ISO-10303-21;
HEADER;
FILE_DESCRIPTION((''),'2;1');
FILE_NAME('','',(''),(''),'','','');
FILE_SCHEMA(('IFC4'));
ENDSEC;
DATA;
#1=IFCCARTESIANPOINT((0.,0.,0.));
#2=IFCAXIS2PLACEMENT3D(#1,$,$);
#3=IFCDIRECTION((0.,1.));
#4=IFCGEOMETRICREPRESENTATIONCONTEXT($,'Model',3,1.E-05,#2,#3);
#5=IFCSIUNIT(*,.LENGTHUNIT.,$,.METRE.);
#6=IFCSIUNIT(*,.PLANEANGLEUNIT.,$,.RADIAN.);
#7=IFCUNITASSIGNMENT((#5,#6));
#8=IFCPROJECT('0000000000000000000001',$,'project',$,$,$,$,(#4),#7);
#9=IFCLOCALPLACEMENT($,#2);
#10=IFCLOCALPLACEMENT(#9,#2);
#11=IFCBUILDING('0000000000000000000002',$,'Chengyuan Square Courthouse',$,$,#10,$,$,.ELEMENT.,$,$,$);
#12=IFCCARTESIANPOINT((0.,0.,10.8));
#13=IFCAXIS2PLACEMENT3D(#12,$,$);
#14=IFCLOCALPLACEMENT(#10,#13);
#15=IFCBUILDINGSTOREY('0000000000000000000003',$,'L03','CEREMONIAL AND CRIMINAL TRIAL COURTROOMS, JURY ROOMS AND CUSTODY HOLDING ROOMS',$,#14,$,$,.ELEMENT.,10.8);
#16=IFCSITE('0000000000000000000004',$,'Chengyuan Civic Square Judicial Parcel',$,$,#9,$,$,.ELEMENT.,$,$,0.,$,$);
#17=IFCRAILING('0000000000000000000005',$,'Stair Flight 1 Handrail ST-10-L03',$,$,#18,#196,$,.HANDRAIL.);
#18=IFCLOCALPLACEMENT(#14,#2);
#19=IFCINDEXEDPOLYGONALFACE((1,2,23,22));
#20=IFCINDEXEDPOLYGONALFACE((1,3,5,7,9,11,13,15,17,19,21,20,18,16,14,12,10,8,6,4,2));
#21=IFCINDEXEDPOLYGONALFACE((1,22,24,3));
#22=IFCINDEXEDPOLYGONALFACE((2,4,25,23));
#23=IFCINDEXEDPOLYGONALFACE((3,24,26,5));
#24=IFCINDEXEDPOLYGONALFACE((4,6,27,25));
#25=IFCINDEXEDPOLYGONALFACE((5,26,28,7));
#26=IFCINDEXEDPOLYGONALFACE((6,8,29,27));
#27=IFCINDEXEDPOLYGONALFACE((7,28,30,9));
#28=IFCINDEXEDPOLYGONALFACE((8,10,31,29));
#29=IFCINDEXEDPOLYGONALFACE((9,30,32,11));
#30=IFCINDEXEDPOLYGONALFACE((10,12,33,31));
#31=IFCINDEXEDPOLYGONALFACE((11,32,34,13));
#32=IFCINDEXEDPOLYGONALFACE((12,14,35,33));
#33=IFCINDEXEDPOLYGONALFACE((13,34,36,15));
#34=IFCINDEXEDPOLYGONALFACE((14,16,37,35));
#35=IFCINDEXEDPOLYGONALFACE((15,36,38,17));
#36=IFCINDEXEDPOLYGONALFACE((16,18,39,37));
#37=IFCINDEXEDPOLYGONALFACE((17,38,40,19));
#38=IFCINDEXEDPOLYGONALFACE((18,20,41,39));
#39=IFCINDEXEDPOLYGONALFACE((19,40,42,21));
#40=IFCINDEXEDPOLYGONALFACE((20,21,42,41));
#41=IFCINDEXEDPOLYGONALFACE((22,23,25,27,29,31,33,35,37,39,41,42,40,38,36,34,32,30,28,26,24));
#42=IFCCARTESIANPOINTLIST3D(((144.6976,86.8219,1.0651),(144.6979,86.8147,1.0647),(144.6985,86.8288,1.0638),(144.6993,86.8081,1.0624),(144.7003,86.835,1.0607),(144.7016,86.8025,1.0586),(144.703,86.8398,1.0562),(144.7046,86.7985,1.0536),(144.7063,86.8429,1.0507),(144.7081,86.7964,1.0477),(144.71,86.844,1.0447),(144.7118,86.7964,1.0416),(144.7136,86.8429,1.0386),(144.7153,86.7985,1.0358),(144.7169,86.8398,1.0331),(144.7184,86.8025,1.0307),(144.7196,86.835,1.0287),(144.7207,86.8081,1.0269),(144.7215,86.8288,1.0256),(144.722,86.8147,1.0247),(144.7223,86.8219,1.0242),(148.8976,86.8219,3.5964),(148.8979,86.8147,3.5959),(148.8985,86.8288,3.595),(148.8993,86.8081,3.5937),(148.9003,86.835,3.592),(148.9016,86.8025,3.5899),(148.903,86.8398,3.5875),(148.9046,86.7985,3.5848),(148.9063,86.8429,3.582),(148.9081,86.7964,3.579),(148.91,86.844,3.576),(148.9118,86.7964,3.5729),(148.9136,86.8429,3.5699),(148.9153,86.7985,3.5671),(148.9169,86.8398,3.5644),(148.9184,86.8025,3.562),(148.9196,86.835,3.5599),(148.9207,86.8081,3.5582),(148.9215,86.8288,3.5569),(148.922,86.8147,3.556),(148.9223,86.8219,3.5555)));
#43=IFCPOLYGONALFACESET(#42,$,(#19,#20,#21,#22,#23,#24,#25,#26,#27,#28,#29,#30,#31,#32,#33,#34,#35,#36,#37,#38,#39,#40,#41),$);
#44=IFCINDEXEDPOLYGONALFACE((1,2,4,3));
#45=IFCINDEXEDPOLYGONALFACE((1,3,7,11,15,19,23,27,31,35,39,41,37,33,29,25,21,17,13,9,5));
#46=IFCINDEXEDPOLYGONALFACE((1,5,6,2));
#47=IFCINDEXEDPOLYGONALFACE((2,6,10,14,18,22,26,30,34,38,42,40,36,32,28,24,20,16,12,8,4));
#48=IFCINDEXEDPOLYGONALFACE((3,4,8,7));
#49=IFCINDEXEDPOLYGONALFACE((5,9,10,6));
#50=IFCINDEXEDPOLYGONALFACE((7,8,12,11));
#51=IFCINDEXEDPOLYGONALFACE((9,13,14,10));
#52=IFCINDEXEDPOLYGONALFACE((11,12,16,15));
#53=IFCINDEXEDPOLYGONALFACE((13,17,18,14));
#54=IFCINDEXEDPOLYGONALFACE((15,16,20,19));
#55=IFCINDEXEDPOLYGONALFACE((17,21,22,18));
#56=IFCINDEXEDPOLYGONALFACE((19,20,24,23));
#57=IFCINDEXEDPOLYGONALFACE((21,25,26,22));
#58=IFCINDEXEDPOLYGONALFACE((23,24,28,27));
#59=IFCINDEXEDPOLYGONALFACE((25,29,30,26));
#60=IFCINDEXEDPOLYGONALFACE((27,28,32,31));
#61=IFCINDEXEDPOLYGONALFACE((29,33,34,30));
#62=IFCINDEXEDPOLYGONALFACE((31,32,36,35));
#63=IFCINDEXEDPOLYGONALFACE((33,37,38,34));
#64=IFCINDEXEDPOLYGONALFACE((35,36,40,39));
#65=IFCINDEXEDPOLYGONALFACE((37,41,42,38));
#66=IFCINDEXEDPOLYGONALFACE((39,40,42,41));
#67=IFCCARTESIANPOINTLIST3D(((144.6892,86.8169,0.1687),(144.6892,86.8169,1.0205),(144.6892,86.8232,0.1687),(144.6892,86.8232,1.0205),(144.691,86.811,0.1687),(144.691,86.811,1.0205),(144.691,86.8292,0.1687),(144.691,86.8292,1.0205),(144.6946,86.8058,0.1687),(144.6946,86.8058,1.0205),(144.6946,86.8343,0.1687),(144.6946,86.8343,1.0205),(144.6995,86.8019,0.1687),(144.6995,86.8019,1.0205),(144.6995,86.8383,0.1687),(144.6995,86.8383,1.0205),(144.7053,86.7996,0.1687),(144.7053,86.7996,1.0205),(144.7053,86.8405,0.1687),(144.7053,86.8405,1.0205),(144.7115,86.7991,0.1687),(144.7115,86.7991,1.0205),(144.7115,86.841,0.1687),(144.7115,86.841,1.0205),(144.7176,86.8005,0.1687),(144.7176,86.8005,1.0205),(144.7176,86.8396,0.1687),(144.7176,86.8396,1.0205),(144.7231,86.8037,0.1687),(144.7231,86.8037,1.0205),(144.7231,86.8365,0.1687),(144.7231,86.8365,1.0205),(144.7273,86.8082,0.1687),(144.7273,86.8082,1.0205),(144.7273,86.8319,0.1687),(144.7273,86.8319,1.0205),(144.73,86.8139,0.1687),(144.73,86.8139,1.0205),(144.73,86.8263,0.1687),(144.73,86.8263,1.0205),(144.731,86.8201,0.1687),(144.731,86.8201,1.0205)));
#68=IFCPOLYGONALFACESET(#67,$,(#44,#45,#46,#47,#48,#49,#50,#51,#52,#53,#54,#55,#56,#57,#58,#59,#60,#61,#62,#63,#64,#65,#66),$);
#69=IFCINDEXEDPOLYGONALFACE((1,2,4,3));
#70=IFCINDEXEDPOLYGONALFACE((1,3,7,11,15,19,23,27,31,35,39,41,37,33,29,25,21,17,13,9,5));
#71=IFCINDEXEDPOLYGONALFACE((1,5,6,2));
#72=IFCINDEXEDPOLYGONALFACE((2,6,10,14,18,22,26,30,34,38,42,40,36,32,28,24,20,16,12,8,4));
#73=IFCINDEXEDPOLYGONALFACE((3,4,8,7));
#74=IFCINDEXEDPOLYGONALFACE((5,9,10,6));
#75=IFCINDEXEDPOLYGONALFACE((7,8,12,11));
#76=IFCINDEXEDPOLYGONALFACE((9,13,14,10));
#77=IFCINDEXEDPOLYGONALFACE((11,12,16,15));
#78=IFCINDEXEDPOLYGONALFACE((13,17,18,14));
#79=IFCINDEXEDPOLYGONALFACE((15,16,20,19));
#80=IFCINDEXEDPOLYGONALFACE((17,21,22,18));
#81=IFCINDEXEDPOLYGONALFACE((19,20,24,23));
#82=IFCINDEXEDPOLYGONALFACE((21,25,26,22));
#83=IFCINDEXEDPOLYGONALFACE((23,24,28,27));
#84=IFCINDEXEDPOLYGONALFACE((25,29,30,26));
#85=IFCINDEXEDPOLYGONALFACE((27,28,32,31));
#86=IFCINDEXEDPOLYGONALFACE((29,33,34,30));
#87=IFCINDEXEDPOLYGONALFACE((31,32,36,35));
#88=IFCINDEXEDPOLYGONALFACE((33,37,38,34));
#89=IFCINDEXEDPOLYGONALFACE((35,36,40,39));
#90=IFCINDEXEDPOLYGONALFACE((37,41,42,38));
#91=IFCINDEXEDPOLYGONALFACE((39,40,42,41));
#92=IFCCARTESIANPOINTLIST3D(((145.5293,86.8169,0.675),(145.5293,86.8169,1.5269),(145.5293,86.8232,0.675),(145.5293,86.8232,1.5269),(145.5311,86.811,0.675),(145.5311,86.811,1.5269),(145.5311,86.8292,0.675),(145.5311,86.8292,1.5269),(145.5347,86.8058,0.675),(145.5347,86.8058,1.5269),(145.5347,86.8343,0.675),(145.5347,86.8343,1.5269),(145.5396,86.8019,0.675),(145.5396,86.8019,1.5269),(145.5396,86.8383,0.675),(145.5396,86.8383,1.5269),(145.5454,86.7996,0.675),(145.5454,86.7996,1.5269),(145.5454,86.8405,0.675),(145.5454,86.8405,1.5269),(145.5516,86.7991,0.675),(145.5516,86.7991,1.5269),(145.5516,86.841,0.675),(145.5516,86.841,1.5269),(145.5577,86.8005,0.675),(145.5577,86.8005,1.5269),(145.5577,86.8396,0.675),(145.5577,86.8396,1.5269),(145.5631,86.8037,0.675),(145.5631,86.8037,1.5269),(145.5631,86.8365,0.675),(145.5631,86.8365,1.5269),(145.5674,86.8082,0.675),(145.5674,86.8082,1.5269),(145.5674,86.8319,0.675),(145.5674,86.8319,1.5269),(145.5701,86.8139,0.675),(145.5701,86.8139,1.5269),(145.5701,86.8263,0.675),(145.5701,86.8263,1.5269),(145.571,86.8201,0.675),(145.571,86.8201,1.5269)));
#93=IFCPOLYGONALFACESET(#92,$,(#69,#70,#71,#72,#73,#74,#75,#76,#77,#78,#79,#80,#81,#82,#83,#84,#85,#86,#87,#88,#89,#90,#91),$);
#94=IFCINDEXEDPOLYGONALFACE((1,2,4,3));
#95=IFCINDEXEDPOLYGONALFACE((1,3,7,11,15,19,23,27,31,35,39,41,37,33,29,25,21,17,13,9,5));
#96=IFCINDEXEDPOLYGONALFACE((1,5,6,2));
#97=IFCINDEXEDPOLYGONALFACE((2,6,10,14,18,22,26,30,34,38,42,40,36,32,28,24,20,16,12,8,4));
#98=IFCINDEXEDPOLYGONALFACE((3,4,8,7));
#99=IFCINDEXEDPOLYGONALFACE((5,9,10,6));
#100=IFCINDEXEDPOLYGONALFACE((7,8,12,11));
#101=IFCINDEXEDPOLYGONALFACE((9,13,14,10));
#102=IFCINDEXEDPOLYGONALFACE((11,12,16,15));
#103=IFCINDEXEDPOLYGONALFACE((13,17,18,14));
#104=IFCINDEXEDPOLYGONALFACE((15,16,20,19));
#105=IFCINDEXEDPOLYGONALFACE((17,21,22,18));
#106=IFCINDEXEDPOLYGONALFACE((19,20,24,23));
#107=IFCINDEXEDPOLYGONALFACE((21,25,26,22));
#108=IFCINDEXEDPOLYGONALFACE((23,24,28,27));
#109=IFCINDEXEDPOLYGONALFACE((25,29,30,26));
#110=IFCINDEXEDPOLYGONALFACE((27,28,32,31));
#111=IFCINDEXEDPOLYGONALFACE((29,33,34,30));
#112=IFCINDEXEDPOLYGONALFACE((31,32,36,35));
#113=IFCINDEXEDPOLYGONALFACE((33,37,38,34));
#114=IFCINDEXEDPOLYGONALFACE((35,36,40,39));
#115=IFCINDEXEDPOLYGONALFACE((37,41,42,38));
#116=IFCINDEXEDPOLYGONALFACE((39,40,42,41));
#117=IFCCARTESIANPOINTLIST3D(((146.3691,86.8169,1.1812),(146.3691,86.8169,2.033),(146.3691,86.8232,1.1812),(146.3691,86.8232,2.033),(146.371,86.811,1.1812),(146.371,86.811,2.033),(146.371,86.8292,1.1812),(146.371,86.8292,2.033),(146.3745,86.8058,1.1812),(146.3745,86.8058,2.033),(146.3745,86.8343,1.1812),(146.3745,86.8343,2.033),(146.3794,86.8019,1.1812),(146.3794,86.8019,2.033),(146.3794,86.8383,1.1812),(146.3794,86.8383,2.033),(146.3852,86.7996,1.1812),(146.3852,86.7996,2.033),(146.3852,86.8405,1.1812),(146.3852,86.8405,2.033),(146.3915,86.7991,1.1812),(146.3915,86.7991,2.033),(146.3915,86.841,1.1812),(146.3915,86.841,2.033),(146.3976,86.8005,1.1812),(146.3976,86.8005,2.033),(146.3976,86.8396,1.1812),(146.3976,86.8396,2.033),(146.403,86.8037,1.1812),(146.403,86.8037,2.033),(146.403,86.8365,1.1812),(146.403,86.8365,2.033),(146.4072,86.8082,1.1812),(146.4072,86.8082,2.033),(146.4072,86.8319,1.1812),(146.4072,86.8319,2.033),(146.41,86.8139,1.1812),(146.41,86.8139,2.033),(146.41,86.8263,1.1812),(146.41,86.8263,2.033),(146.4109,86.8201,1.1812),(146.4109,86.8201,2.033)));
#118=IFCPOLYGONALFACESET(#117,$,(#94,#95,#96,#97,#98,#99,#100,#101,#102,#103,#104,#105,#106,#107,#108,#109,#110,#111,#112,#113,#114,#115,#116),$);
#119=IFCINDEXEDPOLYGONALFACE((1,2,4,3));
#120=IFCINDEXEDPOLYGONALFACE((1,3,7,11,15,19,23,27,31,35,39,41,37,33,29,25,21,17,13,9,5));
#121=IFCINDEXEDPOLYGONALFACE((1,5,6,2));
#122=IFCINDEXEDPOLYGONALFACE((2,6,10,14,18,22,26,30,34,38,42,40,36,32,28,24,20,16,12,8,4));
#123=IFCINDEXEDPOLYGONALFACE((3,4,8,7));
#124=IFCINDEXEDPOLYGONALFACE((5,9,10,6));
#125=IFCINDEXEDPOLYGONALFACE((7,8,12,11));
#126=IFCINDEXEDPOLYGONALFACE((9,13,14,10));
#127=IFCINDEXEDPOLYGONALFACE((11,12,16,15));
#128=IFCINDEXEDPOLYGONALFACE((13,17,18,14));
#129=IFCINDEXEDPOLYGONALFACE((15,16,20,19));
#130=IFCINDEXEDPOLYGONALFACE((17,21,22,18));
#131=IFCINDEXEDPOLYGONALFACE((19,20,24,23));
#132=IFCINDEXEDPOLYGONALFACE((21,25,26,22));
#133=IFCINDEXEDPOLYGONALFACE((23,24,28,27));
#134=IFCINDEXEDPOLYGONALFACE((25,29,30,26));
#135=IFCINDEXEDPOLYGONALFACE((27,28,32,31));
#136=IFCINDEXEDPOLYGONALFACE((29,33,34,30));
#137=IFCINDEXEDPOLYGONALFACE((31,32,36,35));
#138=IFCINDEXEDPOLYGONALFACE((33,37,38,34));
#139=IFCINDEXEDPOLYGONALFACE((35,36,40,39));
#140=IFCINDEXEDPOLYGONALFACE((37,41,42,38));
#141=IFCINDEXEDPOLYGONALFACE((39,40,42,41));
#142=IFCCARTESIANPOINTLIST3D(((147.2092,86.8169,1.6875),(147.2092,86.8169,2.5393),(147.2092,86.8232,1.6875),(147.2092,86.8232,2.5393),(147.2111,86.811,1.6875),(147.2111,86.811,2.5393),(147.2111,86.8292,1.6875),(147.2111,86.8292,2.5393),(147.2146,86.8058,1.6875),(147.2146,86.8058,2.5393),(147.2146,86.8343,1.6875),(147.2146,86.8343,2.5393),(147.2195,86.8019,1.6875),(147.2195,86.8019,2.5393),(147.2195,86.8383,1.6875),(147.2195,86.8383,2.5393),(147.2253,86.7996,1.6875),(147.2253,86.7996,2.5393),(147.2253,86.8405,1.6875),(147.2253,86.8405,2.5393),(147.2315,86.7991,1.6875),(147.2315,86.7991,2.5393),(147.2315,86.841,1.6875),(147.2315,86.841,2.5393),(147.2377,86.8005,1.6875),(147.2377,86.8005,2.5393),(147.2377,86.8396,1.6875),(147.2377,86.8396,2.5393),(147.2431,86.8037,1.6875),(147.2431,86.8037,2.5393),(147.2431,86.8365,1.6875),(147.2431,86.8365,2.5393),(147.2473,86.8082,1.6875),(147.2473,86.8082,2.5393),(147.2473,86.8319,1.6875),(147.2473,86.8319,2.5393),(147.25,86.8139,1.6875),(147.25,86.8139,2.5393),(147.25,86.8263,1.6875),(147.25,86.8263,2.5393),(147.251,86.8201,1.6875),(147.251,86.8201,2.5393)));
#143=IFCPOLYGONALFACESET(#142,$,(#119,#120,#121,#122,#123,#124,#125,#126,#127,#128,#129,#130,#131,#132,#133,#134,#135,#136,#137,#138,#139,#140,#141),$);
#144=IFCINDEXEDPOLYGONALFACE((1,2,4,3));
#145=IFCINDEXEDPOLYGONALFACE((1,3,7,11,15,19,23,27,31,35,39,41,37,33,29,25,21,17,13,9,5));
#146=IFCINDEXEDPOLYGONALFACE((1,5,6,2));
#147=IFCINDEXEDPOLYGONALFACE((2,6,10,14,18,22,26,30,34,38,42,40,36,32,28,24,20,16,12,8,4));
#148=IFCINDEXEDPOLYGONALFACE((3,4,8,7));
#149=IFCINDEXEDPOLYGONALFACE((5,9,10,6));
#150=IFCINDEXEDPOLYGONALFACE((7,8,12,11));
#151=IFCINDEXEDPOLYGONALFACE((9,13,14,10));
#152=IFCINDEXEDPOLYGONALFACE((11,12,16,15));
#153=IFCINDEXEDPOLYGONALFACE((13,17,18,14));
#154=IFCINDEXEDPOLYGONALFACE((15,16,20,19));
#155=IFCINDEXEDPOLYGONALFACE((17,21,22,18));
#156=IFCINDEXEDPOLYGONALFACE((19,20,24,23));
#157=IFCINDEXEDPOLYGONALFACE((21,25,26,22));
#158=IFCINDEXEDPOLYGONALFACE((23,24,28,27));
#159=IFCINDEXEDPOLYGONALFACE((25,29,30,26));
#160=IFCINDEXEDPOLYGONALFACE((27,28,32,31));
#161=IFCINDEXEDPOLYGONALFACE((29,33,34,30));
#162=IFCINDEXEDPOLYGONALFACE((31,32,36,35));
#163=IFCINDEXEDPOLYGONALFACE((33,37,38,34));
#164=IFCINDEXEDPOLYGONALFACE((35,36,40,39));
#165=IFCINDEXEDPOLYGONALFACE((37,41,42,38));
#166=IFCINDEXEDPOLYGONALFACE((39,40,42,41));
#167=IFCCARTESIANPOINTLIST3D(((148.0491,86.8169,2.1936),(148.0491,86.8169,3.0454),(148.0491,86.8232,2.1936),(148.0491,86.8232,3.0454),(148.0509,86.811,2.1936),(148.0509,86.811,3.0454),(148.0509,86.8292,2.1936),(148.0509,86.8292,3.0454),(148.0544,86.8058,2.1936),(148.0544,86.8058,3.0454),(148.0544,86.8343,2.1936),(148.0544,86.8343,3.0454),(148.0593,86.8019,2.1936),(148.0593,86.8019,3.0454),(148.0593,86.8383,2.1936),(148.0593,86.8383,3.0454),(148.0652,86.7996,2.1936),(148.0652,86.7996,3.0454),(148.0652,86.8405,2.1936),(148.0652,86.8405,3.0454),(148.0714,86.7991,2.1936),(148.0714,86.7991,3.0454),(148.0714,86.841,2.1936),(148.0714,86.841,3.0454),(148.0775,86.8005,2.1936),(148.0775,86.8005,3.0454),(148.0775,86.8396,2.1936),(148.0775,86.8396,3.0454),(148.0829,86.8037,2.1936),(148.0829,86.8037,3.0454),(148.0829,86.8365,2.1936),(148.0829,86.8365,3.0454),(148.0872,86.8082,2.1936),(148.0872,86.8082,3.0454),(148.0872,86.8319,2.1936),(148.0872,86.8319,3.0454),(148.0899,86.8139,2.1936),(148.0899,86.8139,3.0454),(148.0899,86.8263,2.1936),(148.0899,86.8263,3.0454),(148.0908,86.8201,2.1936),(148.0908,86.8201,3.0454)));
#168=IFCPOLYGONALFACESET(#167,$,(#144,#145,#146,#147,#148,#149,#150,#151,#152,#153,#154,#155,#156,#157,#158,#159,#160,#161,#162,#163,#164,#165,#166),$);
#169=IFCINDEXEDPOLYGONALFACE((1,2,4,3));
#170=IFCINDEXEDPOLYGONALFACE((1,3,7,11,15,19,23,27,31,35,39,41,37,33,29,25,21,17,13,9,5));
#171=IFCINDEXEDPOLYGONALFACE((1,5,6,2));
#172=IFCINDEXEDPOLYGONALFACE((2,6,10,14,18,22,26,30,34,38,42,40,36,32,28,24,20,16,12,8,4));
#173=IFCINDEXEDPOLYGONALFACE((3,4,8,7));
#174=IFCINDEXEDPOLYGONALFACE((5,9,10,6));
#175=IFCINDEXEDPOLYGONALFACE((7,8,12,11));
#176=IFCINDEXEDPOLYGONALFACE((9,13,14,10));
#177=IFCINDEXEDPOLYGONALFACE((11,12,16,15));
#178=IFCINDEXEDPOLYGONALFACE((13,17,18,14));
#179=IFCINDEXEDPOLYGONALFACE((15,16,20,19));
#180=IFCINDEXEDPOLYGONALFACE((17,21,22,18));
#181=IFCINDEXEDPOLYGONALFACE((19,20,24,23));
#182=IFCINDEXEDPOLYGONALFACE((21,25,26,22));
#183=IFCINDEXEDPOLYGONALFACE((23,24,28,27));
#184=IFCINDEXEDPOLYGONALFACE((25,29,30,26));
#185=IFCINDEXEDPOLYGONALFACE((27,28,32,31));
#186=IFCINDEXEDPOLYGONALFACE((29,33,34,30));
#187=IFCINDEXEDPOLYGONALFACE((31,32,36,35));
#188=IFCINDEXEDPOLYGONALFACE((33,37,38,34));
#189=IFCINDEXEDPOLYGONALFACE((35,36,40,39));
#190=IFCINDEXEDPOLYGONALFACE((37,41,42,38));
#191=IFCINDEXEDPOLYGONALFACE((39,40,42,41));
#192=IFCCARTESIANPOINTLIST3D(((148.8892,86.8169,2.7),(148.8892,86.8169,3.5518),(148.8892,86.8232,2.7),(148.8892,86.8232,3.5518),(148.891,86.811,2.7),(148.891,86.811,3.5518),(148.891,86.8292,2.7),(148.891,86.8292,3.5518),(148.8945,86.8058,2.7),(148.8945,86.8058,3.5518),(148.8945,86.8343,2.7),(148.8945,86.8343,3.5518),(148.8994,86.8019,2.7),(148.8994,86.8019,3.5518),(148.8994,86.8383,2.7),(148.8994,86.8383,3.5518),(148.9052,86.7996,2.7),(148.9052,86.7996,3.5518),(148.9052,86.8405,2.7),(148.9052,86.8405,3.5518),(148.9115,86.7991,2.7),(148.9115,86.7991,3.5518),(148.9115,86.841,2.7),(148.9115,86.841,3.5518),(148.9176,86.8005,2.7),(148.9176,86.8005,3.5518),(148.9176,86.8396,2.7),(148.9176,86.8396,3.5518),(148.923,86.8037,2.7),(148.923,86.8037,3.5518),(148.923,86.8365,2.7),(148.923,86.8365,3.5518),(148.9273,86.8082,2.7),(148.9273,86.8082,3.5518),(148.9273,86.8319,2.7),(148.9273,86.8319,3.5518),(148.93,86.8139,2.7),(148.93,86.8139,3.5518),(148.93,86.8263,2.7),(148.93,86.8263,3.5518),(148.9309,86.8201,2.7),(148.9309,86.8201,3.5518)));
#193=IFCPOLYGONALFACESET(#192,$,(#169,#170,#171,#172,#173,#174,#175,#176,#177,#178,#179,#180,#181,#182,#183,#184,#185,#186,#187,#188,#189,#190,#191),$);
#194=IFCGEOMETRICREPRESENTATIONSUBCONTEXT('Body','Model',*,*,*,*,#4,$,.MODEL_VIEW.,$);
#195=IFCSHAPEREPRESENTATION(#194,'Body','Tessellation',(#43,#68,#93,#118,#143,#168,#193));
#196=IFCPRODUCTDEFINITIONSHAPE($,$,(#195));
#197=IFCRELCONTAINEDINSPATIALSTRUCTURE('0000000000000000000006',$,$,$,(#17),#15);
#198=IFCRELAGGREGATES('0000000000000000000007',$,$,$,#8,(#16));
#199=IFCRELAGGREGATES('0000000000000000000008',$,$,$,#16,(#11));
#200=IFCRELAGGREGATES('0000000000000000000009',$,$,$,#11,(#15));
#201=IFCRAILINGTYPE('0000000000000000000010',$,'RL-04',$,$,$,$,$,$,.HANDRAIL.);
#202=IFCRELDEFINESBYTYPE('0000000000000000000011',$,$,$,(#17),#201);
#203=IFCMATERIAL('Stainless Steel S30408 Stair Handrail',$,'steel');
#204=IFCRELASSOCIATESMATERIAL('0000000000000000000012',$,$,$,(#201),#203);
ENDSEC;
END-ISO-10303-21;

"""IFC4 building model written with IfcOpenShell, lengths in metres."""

from ifc_helpers import new_model, si_unit, direction, frame, origin, origin_2d, place, context, subcontext, project, spatial, circle, extrude, material, type_object, element, save


model = new_model("IFC4")

# Units and contexts
model_context = context("Model", 3, precision=1e-05, world=origin(), true_north=direction((0.0, 1.0)))
body_context = subcontext(model_context, "Body", "Model", "MODEL_VIEW")
ifc_project = project(units=[si_unit("LENGTHUNIT", "METRE"), si_unit("PLANEANGLEUNIT", "RADIAN")], contexts=[model_context])

# Site, building, storey
site_placement = place(None, origin())
site = spatial("IfcSite", under=ifc_project, at=site_placement, Name="Chengyuan Civic Square Judicial Parcel", CompositionType="ELEMENT", RefElevation=0.0)
building_placement = place(site_placement, origin())
building = spatial("IfcBuilding", under=site, at=building_placement, Name="Chengyuan Square Courthouse", CompositionType="ELEMENT")
storey_placement = place(building_placement, frame((0.0, 0.0, 10.8)))
storey = spatial("IfcBuildingStorey", under=building, at=storey_placement, Name="L03", Description="CEREMONIAL AND CRIMINAL TRIAL COURTROOMS, JURY ROOMS AND CUSTODY HOLDING ROOMS", CompositionType="ELEMENT", Elevation=10.8)

# Railing
ifc_material_1 = material(Name="Stainless Steel S30408 Stair Handrail", Category="steel")
railing_type_1 = type_object("IfcRailingType", Name="RL-04", PredefinedType="HANDRAIL", material=ifc_material_1)
railing_1_placement = place(storey_placement, frame((144.71, 86.8201, 0.1687)))
element("IfcRailing", 1, at=railing_1_placement, inside=storey, type_object=railing_type_1, Name="Stair Flight 1 Handrail ST-10-L03", PredefinedType="HANDRAIL", context=body_context, shape_type="SweptSolid", body=[
    extrude(circle(Radius=0.0239, at=origin_2d()), frame((0.0, 0.0, 0.876), z_axis=(0.856476, 0.0, 0.516186), x_axis=(0.0, 1.0, 0.0)), (0.0, 0.0, 1.0), 4.9038),
    extrude(circle(Radius=0.021, at=origin_2d()), origin(), (0.0, 0.0, 1.0), 0.8518),
    extrude(circle(Radius=0.021, at=origin_2d()), frame((0.8401, 0.0, 0.5063)), (0.0, 0.0, 1.0), 0.8518),
    extrude(circle(Radius=0.021, at=origin_2d()), frame((1.6799, 0.0, 1.0125)), (0.0, 0.0, 1.0), 0.8518),
    extrude(circle(Radius=0.021, at=origin_2d()), frame((2.52, 0.0, 1.5188)), (0.0, 0.0, 1.0), 0.8518),
    extrude(circle(Radius=0.021, at=origin_2d()), frame((3.3599, 0.0, 2.0249)), (0.0, 0.0, 1.0), 0.8518),
    extrude(circle(Radius=0.021, at=origin_2d()), frame((4.2, 0.0, 2.5312)), (0.0, 0.0, 1.0), 0.8518),
])

save(model, "model.ifc")
